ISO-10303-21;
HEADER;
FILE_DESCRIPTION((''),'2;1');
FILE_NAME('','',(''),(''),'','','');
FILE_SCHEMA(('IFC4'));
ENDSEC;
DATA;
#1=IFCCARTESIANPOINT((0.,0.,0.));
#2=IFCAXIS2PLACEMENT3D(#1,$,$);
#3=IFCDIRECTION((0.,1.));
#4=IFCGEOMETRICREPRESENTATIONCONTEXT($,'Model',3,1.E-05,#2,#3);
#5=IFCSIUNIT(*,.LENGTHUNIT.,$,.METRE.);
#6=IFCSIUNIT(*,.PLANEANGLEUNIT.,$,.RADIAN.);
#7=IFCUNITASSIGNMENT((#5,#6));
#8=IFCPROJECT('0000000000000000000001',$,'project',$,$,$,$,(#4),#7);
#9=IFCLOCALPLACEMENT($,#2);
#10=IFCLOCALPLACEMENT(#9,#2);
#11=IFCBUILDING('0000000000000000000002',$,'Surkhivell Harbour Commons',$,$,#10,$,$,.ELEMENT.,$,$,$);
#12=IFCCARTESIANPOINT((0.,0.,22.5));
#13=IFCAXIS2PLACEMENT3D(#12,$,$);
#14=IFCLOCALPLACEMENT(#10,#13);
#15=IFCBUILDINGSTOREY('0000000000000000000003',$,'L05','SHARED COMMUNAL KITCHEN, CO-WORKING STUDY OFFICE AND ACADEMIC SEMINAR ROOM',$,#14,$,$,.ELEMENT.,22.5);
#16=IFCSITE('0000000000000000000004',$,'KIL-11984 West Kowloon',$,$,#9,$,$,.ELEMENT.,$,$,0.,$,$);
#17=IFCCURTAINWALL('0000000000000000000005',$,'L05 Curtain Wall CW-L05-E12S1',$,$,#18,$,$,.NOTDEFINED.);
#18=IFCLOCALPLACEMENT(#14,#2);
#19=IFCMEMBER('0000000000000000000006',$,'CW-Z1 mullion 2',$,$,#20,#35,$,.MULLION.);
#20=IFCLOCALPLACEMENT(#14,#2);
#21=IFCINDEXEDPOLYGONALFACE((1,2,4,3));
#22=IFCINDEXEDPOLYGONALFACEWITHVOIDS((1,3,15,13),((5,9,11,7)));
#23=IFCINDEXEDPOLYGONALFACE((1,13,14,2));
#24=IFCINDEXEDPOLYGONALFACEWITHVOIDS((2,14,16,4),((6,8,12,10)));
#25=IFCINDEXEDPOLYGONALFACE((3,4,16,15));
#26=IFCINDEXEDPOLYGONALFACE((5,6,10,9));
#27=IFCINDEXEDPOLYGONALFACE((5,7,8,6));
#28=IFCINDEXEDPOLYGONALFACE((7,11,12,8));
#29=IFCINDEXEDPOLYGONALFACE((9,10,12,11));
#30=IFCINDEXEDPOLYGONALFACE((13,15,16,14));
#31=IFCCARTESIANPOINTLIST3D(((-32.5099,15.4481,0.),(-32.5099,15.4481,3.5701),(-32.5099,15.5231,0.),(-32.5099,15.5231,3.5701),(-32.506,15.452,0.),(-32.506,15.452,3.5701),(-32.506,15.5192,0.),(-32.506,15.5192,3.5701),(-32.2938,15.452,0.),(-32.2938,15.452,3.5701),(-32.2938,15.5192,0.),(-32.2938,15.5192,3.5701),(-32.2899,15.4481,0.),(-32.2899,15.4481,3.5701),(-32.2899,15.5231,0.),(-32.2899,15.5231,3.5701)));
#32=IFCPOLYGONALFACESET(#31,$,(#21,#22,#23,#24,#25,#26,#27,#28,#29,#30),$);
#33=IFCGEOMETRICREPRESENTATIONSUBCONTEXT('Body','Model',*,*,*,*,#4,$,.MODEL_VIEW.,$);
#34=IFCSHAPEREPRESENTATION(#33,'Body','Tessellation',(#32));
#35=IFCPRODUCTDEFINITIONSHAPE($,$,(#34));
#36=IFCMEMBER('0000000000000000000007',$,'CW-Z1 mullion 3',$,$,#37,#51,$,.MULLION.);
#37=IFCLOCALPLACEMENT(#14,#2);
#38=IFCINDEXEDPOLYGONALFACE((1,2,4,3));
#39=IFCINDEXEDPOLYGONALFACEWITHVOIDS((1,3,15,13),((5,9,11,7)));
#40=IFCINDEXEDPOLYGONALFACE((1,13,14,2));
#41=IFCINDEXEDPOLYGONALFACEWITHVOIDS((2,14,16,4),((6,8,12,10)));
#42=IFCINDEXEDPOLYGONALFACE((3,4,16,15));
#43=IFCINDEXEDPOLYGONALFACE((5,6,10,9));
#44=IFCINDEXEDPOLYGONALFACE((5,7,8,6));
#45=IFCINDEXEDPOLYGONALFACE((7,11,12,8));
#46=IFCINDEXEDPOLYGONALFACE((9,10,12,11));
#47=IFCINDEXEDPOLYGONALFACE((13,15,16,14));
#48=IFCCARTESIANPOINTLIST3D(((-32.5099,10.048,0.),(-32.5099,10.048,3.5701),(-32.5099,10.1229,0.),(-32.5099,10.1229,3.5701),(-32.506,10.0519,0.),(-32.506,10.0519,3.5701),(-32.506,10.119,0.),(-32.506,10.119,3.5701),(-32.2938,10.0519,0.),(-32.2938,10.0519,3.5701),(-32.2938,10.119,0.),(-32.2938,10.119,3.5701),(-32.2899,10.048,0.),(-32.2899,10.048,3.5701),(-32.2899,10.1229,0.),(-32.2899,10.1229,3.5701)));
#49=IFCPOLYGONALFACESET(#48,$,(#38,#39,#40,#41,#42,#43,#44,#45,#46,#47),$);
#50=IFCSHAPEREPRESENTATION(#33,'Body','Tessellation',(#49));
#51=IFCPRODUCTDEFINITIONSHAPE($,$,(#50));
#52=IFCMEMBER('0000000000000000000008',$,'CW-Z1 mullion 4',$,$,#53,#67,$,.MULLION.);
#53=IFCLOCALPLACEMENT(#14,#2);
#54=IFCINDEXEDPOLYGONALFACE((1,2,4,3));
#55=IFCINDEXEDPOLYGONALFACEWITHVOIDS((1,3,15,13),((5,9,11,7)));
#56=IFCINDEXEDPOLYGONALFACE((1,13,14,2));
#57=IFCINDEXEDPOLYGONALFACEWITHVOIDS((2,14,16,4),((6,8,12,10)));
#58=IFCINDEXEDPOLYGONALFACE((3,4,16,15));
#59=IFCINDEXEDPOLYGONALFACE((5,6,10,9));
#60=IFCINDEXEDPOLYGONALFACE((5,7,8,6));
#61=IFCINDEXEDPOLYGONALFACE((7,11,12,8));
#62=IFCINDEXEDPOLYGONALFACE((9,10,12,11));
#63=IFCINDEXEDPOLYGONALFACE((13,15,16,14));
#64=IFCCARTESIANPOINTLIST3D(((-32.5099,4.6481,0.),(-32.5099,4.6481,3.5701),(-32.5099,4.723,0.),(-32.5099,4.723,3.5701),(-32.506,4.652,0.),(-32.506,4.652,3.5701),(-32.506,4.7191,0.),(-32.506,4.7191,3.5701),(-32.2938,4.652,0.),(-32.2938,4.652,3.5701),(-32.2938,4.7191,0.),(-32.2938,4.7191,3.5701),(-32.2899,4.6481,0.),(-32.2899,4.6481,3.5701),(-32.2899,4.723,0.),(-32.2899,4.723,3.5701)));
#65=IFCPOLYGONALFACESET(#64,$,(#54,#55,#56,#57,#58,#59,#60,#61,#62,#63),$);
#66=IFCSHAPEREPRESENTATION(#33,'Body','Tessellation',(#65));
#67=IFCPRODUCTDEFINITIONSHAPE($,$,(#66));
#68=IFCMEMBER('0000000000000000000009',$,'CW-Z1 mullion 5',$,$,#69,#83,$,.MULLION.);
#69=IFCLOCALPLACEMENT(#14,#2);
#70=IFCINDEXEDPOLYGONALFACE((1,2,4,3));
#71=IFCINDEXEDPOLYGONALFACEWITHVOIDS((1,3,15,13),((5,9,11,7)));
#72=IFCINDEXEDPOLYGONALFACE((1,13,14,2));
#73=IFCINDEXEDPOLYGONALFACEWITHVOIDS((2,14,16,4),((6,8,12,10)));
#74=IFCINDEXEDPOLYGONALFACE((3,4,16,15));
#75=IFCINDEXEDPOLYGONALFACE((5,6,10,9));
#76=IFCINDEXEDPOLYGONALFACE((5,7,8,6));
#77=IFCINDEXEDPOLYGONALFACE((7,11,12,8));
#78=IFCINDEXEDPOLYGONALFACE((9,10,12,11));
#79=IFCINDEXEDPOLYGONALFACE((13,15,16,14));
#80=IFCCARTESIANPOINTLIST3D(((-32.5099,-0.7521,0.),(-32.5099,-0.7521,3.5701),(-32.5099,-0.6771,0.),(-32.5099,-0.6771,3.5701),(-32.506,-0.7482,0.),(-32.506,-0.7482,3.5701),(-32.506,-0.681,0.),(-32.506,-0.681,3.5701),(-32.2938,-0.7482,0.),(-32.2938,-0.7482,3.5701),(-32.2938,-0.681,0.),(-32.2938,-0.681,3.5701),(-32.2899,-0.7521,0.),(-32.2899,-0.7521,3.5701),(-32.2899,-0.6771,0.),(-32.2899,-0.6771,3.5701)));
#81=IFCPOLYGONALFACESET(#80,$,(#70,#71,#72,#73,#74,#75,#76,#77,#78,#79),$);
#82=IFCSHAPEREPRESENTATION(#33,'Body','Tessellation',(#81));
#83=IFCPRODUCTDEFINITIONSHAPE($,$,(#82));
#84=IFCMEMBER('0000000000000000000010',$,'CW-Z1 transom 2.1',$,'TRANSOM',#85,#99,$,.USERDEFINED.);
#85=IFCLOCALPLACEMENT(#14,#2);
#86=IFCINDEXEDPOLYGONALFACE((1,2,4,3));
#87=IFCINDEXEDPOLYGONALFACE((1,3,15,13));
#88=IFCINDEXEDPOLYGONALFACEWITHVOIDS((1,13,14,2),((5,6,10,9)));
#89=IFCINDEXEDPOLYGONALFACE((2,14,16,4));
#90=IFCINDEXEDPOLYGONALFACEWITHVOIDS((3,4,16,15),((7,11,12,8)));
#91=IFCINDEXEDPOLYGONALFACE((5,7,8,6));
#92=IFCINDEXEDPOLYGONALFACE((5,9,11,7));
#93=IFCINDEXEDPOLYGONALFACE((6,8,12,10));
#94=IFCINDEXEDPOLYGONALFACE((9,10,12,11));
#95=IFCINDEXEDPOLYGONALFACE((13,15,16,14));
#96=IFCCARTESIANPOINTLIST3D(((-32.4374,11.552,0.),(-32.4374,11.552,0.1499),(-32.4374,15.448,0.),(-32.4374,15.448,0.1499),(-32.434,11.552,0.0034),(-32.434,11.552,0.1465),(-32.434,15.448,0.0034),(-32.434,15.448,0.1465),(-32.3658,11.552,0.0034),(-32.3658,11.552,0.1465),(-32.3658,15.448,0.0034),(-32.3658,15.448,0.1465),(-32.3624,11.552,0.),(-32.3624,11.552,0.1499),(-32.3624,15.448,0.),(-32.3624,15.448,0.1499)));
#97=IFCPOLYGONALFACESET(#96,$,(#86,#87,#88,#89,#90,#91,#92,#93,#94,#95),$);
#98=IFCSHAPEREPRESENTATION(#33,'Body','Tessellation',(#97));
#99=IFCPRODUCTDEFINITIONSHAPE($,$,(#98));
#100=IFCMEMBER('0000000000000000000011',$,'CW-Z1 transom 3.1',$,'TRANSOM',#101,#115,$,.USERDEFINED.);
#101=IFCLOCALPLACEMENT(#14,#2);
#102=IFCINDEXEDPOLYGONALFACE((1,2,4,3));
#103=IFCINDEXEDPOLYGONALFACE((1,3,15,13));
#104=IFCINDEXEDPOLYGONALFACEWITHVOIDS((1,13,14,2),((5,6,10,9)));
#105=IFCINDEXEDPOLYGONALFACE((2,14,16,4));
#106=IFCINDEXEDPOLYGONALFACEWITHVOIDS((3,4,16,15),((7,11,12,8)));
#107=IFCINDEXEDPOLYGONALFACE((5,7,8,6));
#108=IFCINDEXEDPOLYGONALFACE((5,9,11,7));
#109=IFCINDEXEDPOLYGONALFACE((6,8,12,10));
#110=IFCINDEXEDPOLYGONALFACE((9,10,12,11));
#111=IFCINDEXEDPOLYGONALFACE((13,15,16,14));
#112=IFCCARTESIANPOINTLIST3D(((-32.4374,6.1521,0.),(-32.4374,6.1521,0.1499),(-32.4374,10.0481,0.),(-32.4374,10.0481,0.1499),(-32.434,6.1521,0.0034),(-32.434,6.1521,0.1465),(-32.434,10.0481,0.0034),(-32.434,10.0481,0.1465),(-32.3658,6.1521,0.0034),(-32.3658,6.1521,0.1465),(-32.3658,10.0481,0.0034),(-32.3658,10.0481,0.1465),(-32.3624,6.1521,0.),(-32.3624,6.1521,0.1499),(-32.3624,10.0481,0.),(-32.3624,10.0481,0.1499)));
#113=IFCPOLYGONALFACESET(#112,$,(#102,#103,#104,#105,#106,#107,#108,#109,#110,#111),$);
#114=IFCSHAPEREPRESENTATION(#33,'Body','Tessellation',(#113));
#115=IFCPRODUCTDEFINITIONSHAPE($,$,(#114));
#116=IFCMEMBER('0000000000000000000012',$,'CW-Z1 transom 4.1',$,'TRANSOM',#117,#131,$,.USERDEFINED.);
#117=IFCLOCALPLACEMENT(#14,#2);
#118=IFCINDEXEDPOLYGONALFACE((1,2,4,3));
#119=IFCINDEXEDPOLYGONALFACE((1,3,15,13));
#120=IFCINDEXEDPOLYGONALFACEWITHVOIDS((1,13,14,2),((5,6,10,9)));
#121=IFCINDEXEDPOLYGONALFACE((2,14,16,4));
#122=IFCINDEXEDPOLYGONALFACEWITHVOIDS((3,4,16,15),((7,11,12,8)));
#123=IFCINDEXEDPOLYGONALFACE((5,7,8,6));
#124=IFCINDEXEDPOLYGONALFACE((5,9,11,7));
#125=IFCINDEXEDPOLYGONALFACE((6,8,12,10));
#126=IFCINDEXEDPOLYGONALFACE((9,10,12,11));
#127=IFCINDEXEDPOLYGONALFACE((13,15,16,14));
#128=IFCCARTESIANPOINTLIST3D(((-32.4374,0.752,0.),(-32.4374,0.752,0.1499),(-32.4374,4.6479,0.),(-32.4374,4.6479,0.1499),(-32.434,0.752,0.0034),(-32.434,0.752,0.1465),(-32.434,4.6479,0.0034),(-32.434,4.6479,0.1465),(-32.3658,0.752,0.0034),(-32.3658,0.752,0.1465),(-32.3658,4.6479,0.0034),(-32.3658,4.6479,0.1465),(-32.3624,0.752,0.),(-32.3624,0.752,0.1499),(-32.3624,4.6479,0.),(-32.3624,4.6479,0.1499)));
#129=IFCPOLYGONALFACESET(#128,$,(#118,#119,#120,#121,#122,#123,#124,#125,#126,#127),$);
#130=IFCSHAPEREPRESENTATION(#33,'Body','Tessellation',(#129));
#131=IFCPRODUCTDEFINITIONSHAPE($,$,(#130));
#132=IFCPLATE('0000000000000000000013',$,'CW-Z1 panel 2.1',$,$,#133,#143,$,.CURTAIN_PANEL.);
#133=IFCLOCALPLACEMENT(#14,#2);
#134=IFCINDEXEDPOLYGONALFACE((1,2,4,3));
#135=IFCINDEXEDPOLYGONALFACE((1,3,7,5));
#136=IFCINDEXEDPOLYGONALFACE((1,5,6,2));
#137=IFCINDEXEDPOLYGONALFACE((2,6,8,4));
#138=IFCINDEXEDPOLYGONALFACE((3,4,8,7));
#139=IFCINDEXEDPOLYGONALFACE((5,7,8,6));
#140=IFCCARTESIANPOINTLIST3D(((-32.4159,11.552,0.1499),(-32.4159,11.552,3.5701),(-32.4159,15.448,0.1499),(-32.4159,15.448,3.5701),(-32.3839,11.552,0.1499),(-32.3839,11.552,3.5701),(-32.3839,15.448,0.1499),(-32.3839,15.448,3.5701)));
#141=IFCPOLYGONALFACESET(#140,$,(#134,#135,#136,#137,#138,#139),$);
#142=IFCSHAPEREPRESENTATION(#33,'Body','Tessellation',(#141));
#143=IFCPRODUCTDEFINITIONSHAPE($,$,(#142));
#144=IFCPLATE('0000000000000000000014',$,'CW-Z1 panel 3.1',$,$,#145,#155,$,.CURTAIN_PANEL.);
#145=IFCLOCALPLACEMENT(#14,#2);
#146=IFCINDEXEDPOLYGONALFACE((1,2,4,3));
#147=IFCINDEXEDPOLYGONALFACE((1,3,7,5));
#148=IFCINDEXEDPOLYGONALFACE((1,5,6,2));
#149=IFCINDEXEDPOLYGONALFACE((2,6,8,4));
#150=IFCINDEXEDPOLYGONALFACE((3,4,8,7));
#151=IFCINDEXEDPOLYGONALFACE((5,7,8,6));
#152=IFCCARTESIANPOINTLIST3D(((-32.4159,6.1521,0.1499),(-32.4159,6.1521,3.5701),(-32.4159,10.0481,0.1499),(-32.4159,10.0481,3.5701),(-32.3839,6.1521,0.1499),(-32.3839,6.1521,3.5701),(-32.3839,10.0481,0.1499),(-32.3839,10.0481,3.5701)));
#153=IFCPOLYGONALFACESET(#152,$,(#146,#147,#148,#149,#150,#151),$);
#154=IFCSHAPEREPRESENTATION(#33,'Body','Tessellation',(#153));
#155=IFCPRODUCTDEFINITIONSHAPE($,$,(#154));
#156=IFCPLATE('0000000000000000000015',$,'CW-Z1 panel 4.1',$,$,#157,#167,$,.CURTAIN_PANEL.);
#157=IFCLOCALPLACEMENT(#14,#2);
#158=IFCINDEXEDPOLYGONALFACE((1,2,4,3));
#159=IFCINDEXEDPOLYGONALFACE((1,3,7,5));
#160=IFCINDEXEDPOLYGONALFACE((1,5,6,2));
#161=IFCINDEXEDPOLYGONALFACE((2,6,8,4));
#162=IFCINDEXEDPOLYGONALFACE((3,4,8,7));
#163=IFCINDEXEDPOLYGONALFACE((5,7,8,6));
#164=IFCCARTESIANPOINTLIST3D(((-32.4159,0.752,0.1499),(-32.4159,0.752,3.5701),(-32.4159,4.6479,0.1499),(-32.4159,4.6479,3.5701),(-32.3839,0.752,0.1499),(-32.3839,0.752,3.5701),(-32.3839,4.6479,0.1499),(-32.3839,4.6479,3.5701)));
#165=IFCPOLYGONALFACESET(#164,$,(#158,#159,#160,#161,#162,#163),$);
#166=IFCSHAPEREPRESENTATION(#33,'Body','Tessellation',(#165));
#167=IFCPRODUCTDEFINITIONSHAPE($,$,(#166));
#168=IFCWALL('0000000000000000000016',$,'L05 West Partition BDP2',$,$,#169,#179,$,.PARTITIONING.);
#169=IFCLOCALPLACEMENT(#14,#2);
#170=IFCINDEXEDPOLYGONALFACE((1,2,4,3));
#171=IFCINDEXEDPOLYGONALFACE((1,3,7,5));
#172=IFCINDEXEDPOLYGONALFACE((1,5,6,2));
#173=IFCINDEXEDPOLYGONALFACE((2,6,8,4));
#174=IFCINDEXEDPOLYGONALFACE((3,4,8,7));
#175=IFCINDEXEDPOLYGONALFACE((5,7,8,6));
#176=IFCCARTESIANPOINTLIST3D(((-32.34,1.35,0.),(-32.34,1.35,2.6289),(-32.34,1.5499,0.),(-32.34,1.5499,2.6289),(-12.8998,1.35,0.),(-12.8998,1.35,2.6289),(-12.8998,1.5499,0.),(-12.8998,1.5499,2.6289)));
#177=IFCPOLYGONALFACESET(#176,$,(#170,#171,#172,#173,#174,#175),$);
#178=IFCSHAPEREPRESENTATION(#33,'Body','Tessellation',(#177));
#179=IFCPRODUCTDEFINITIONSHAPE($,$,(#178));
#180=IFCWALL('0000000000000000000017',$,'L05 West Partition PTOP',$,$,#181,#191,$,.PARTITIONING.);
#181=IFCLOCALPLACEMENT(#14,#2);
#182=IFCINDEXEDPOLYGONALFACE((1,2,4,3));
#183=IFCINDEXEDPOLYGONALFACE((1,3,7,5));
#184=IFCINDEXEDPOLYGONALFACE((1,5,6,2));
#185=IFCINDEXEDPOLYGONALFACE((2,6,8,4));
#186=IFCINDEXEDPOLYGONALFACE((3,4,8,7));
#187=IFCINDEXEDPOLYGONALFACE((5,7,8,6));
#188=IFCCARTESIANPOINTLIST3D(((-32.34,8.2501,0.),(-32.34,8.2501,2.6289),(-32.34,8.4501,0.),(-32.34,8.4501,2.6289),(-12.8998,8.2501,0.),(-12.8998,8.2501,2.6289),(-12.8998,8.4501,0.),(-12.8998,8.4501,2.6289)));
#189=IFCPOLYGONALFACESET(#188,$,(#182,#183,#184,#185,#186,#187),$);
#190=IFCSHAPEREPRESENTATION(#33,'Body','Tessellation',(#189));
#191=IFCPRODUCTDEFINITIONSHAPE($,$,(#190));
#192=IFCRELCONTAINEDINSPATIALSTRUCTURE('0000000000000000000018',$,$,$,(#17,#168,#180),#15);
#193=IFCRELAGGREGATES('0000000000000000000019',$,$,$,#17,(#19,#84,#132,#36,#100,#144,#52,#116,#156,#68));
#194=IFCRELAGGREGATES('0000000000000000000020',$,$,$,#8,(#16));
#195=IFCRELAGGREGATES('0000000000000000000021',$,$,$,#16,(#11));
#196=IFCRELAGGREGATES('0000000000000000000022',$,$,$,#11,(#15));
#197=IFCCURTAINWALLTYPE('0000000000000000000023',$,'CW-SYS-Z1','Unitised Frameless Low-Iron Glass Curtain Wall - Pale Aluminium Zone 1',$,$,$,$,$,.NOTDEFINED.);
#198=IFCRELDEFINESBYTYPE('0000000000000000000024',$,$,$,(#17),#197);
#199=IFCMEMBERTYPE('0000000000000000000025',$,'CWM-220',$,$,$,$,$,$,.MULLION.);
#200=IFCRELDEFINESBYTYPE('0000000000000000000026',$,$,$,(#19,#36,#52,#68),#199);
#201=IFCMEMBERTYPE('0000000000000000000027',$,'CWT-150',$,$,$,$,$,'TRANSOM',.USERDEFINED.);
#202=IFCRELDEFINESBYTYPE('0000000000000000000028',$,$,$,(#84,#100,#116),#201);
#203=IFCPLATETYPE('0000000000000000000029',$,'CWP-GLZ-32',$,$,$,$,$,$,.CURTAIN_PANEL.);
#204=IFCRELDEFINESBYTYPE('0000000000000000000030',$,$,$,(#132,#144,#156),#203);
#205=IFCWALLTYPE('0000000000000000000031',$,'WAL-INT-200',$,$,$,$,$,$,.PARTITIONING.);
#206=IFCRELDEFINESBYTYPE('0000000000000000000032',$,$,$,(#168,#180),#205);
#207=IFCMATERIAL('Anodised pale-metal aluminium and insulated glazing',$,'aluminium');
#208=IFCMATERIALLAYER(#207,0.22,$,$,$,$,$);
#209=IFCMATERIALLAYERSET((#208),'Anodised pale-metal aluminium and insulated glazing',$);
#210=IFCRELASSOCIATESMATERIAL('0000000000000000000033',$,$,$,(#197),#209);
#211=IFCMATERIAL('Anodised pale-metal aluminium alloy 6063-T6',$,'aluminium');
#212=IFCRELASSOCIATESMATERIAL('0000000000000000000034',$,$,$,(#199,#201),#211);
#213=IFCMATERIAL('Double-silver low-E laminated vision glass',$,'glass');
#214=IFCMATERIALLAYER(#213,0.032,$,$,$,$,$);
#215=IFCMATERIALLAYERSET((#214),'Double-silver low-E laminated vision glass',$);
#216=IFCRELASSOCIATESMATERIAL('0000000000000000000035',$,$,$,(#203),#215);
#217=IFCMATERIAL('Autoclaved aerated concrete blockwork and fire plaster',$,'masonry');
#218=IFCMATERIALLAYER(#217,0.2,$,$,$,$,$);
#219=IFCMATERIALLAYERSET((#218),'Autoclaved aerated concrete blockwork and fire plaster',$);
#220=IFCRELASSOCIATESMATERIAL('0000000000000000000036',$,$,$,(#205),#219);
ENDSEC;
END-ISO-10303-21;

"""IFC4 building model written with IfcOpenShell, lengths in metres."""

from ifc_helpers import new_model, si_unit, direction, frame, frame_2d, origin, origin_2d, place, context, subcontext, project, spatial, rectangle, hollow_rectangle, extrude, material, layer, layer_set, material_profile, profile_set, type_object, element, aggregate, save


model = new_model("IFC4")

# Units and contexts
model_context = context("Model", 3, precision=1e-05, world=origin(), true_north=direction((0.0, 1.0)))
body_context = subcontext(model_context, "Body", "Model", "MODEL_VIEW")
ifc_project = project(units=[si_unit("LENGTHUNIT", "METRE"), si_unit("PLANEANGLEUNIT", "RADIAN")], contexts=[model_context])

# Site, building, storey
site_placement = place(None, origin())
site = spatial("IfcSite", under=ifc_project, at=site_placement, Name="KIL-11984 West Kowloon", CompositionType="ELEMENT", RefElevation=0.0)
building_placement = place(site_placement, origin())
building = spatial("IfcBuilding", under=site, at=building_placement, Name="Surkhivell Harbour Commons", CompositionType="ELEMENT")
storey_placement = place(building_placement, frame((0.0, 0.0, 22.5)))
storey = spatial("IfcBuildingStorey", under=building, at=storey_placement, Name="L05", Description="SHARED COMMUNAL KITCHEN, CO-WORKING STUDY OFFICE AND ACADEMIC SEMINAR ROOM", CompositionType="ELEMENT", Elevation=22.5)

# Curtain wall, members, plates
ifc_material_1 = material(Name="Anodised pale-metal aluminium and insulated glazing", Category="aluminium")
ifc_layer_1 = layer(ifc_material_1, 0.22)
ifc_layer_set_1 = layer_set([ifc_layer_1], Name="Anodised pale-metal aluminium and insulated glazing")
curtain_wall_type = type_object("IfcCurtainWallType", Name="CW-SYS-Z1", Description="Unitised Frameless Low-Iron Glass Curtain Wall - Pale Aluminium Zone 1", PredefinedType="NOTDEFINED", material=ifc_layer_set_1)
curtain_wall_placement = place(storey_placement, origin())
curtain_wall = element("IfcCurtainWall", 1, at=curtain_wall_placement, inside=storey, type_object=curtain_wall_type, Name="L05 Curtain Wall CW-L05-E12S1", PredefinedType="NOTDEFINED")
ifc_material_2 = material(Name="Anodised pale-metal aluminium alloy 6063-T6", Category="aluminium")
ifc_material_profile_1 = material_profile(ifc_material_2, hollow_rectangle(XDim=0.075, YDim=0.22, WallThickness=0.0039, at=origin_2d()), Name="ALU-MULL-75x220")
ifc_profile_set_1 = profile_set([ifc_material_profile_1], Name="Anodised pale-metal aluminium alloy 6063-T6")
member_type_1 = type_object("IfcMemberType", Name="CWM-220", PredefinedType="MULLION", material=ifc_profile_set_1)
member_1_placement = place(storey_placement, frame((-32.3999, 15.4856, 0.0), z_axis=(0.0, 0.0, 1.0), x_axis=(0.0, -1.0, 0.0)))
member_1 = element("IfcMember", 2, at=member_1_placement, type_object=member_type_1, Name="CW-Z1 mullion 2", PredefinedType="MULLION", context=body_context, shape_type="SweptSolid", body=[
    extrude(hollow_rectangle(XDim=0.075, YDim=0.22, WallThickness=0.0039, at=origin_2d()), origin(), (0.0, 0.0, 1.0), 3.5701),
])
member_2_placement = place(storey_placement, frame((-32.3999, 10.0854, 0.0), z_axis=(0.0, 0.0, 1.0), x_axis=(0.0, -1.0, 0.0)))
member_2 = element("IfcMember", 3, at=member_2_placement, type_object=member_type_1, Name="CW-Z1 mullion 3", PredefinedType="MULLION", context=body_context, shape_type="SweptSolid", body=[
    extrude(hollow_rectangle(XDim=0.075, YDim=0.22, WallThickness=0.0039, at=origin_2d()), origin(), (0.0, 0.0, 1.0), 3.5701),
])
member_3_placement = place(storey_placement, frame((-32.3999, 4.6855, 0.0), z_axis=(0.0, 0.0, 1.0), x_axis=(0.0, -1.0, 0.0)))
member_3 = element("IfcMember", 4, at=member_3_placement, type_object=member_type_1, Name="CW-Z1 mullion 4", PredefinedType="MULLION", context=body_context, shape_type="SweptSolid", body=[
    extrude(hollow_rectangle(XDim=0.075, YDim=0.22, WallThickness=0.0039, at=origin_2d()), origin(), (0.0, 0.0, 1.0), 3.5701),
])
member_4_placement = place(storey_placement, frame((-32.3999, -0.7146, 0.0), z_axis=(0.0, 0.0, 1.0), x_axis=(0.0, -1.0, 0.0)))
member_4 = element("IfcMember", 5, at=member_4_placement, type_object=member_type_1, Name="CW-Z1 mullion 5", PredefinedType="MULLION", context=body_context, shape_type="SweptSolid", body=[
    extrude(hollow_rectangle(XDim=0.075, YDim=0.22, WallThickness=0.0039, at=origin_2d()), origin(), (0.0, 0.0, 1.0), 3.5701),
])
ifc_material_profile_2 = material_profile(ifc_material_2, hollow_rectangle(XDim=0.075, YDim=0.1499, WallThickness=0.0034, at=origin_2d()), Name="ALU-TRAN-75x150")
ifc_profile_set_2 = profile_set([ifc_material_profile_2], Name="Anodised pale-metal aluminium alloy 6063-T6")
member_type_2 = type_object("IfcMemberType", Name="CWT-150", ElementType="TRANSOM", PredefinedType="USERDEFINED", material=ifc_profile_set_2)
member_5_placement = place(storey_placement, frame((-32.3999, 15.448, 0.075), z_axis=(0.0, -1.0, 0.0), x_axis=(1.0, 0.0, 0.0)))
member_5 = element("IfcMember", 6, at=member_5_placement, type_object=member_type_2, Name="CW-Z1 transom 2.1", ObjectType="TRANSOM", PredefinedType="USERDEFINED", context=body_context, shape_type="SweptSolid", body=[
    extrude(hollow_rectangle(XDim=0.075, YDim=0.1499, WallThickness=0.0034, at=origin_2d()), origin(), (0.0, 0.0, 1.0), 3.896),
])
member_6_placement = place(storey_placement, frame((-32.3999, 10.0481, 0.075), z_axis=(0.0, -1.0, 0.0), x_axis=(1.0, 0.0, 0.0)))
member_6 = element("IfcMember", 7, at=member_6_placement, type_object=member_type_2, Name="CW-Z1 transom 3.1", ObjectType="TRANSOM", PredefinedType="USERDEFINED", context=body_context, shape_type="SweptSolid", body=[
    extrude(hollow_rectangle(XDim=0.075, YDim=0.1499, WallThickness=0.0034, at=origin_2d()), origin(), (0.0, 0.0, 1.0), 3.896),
])
member_7_placement = place(storey_placement, frame((-32.3999, 4.6479, 0.075), z_axis=(0.0, -1.0, 0.0), x_axis=(1.0, 0.0, 0.0)))
member_7 = element("IfcMember", 8, at=member_7_placement, type_object=member_type_2, Name="CW-Z1 transom 4.1", ObjectType="TRANSOM", PredefinedType="USERDEFINED", context=body_context, shape_type="SweptSolid", body=[
    extrude(hollow_rectangle(XDim=0.075, YDim=0.1499, WallThickness=0.0034, at=origin_2d()), origin(), (0.0, 0.0, 1.0), 3.896),
])
ifc_material_3 = material(Name="Double-silver low-E laminated vision glass", Category="glass")
ifc_layer_2 = layer(ifc_material_3, 0.032)
ifc_layer_set_2 = layer_set([ifc_layer_2], Name="Double-silver low-E laminated vision glass")
plate_type = type_object("IfcPlateType", Name="CWP-GLZ-32", PredefinedType="CURTAIN_PANEL", material=ifc_layer_set_2)
plate_1_placement = place(storey_placement, frame((-32.3999, 15.448, 0.1499), z_axis=(0.0, 0.0, 1.0), x_axis=(0.0, -1.0, 0.0)))
plate_1 = element("IfcPlate", 9, at=plate_1_placement, type_object=plate_type, Name="CW-Z1 panel 2.1", PredefinedType="CURTAIN_PANEL", context=body_context, shape_type="SweptSolid", body=[
    extrude(rectangle(XDim=3.896, YDim=0.032, at=frame_2d((1.948, 0.0))), origin(), (0.0, 0.0, 1.0), 3.4202),
])
plate_2_placement = place(storey_placement, frame((-32.3999, 10.0481, 0.1499), z_axis=(0.0, 0.0, 1.0), x_axis=(0.0, -1.0, 0.0)))
plate_2 = element("IfcPlate", 10, at=plate_2_placement, type_object=plate_type, Name="CW-Z1 panel 3.1", PredefinedType="CURTAIN_PANEL", context=body_context, shape_type="SweptSolid", body=[
    extrude(rectangle(XDim=3.896, YDim=0.032, at=frame_2d((1.948, 0.0))), origin(), (0.0, 0.0, 1.0), 3.4202),
])
plate_3_placement = place(storey_placement, frame((-32.3999, 4.6479, 0.1499), z_axis=(0.0, 0.0, 1.0), x_axis=(0.0, -1.0, 0.0)))
plate_3 = element("IfcPlate", 11, at=plate_3_placement, type_object=plate_type, Name="CW-Z1 panel 4.1", PredefinedType="CURTAIN_PANEL", context=body_context, shape_type="SweptSolid", body=[
    extrude(rectangle(XDim=3.896, YDim=0.032, at=frame_2d((1.948, 0.0))), origin(), (0.0, 0.0, 1.0), 3.4202),
])
aggregate(curtain_wall, [member_1, member_5, plate_1, member_2, member_6, plate_2, member_3, member_7, plate_3, member_4])

# Walls
ifc_material_4 = material(Name="Autoclaved aerated concrete blockwork and fire plaster", Category="masonry")
ifc_layer_3 = layer(ifc_material_4, 0.2)
ifc_layer_set_3 = layer_set([ifc_layer_3], Name="Autoclaved aerated concrete blockwork and fire plaster")
wall_type = type_object("IfcWallType", Name="WAL-INT-200", PredefinedType="PARTITIONING", material=ifc_layer_set_3)
for number, where, z_axis, x_axis, name in (
    (12, (-32.3401, 1.45, 0.0), (0.0, 0.0, 1.0), (1.0, 0.0, 0.0), "L05 West Partition BDP2"),
    (13, (-32.3401, 8.3501, 0.0), (0.0, 0.0, 1.0), (1.0, 0.0, 0.0), "L05 West Partition PTOP"),
):
    element("IfcWall", number, at=place(storey_placement, frame(where, z_axis=z_axis, x_axis=x_axis)), inside=storey, type_object=wall_type, Name=name, PredefinedType="PARTITIONING", context=body_context, shape_type="SweptSolid", body=[
        extrude(rectangle(XDim=19.4402, YDim=0.2, at=frame_2d((9.7202, 0.0))), origin(), (0.0, 0.0, 1.0), 2.6289),
    ])

save(model, "model.ifc")
